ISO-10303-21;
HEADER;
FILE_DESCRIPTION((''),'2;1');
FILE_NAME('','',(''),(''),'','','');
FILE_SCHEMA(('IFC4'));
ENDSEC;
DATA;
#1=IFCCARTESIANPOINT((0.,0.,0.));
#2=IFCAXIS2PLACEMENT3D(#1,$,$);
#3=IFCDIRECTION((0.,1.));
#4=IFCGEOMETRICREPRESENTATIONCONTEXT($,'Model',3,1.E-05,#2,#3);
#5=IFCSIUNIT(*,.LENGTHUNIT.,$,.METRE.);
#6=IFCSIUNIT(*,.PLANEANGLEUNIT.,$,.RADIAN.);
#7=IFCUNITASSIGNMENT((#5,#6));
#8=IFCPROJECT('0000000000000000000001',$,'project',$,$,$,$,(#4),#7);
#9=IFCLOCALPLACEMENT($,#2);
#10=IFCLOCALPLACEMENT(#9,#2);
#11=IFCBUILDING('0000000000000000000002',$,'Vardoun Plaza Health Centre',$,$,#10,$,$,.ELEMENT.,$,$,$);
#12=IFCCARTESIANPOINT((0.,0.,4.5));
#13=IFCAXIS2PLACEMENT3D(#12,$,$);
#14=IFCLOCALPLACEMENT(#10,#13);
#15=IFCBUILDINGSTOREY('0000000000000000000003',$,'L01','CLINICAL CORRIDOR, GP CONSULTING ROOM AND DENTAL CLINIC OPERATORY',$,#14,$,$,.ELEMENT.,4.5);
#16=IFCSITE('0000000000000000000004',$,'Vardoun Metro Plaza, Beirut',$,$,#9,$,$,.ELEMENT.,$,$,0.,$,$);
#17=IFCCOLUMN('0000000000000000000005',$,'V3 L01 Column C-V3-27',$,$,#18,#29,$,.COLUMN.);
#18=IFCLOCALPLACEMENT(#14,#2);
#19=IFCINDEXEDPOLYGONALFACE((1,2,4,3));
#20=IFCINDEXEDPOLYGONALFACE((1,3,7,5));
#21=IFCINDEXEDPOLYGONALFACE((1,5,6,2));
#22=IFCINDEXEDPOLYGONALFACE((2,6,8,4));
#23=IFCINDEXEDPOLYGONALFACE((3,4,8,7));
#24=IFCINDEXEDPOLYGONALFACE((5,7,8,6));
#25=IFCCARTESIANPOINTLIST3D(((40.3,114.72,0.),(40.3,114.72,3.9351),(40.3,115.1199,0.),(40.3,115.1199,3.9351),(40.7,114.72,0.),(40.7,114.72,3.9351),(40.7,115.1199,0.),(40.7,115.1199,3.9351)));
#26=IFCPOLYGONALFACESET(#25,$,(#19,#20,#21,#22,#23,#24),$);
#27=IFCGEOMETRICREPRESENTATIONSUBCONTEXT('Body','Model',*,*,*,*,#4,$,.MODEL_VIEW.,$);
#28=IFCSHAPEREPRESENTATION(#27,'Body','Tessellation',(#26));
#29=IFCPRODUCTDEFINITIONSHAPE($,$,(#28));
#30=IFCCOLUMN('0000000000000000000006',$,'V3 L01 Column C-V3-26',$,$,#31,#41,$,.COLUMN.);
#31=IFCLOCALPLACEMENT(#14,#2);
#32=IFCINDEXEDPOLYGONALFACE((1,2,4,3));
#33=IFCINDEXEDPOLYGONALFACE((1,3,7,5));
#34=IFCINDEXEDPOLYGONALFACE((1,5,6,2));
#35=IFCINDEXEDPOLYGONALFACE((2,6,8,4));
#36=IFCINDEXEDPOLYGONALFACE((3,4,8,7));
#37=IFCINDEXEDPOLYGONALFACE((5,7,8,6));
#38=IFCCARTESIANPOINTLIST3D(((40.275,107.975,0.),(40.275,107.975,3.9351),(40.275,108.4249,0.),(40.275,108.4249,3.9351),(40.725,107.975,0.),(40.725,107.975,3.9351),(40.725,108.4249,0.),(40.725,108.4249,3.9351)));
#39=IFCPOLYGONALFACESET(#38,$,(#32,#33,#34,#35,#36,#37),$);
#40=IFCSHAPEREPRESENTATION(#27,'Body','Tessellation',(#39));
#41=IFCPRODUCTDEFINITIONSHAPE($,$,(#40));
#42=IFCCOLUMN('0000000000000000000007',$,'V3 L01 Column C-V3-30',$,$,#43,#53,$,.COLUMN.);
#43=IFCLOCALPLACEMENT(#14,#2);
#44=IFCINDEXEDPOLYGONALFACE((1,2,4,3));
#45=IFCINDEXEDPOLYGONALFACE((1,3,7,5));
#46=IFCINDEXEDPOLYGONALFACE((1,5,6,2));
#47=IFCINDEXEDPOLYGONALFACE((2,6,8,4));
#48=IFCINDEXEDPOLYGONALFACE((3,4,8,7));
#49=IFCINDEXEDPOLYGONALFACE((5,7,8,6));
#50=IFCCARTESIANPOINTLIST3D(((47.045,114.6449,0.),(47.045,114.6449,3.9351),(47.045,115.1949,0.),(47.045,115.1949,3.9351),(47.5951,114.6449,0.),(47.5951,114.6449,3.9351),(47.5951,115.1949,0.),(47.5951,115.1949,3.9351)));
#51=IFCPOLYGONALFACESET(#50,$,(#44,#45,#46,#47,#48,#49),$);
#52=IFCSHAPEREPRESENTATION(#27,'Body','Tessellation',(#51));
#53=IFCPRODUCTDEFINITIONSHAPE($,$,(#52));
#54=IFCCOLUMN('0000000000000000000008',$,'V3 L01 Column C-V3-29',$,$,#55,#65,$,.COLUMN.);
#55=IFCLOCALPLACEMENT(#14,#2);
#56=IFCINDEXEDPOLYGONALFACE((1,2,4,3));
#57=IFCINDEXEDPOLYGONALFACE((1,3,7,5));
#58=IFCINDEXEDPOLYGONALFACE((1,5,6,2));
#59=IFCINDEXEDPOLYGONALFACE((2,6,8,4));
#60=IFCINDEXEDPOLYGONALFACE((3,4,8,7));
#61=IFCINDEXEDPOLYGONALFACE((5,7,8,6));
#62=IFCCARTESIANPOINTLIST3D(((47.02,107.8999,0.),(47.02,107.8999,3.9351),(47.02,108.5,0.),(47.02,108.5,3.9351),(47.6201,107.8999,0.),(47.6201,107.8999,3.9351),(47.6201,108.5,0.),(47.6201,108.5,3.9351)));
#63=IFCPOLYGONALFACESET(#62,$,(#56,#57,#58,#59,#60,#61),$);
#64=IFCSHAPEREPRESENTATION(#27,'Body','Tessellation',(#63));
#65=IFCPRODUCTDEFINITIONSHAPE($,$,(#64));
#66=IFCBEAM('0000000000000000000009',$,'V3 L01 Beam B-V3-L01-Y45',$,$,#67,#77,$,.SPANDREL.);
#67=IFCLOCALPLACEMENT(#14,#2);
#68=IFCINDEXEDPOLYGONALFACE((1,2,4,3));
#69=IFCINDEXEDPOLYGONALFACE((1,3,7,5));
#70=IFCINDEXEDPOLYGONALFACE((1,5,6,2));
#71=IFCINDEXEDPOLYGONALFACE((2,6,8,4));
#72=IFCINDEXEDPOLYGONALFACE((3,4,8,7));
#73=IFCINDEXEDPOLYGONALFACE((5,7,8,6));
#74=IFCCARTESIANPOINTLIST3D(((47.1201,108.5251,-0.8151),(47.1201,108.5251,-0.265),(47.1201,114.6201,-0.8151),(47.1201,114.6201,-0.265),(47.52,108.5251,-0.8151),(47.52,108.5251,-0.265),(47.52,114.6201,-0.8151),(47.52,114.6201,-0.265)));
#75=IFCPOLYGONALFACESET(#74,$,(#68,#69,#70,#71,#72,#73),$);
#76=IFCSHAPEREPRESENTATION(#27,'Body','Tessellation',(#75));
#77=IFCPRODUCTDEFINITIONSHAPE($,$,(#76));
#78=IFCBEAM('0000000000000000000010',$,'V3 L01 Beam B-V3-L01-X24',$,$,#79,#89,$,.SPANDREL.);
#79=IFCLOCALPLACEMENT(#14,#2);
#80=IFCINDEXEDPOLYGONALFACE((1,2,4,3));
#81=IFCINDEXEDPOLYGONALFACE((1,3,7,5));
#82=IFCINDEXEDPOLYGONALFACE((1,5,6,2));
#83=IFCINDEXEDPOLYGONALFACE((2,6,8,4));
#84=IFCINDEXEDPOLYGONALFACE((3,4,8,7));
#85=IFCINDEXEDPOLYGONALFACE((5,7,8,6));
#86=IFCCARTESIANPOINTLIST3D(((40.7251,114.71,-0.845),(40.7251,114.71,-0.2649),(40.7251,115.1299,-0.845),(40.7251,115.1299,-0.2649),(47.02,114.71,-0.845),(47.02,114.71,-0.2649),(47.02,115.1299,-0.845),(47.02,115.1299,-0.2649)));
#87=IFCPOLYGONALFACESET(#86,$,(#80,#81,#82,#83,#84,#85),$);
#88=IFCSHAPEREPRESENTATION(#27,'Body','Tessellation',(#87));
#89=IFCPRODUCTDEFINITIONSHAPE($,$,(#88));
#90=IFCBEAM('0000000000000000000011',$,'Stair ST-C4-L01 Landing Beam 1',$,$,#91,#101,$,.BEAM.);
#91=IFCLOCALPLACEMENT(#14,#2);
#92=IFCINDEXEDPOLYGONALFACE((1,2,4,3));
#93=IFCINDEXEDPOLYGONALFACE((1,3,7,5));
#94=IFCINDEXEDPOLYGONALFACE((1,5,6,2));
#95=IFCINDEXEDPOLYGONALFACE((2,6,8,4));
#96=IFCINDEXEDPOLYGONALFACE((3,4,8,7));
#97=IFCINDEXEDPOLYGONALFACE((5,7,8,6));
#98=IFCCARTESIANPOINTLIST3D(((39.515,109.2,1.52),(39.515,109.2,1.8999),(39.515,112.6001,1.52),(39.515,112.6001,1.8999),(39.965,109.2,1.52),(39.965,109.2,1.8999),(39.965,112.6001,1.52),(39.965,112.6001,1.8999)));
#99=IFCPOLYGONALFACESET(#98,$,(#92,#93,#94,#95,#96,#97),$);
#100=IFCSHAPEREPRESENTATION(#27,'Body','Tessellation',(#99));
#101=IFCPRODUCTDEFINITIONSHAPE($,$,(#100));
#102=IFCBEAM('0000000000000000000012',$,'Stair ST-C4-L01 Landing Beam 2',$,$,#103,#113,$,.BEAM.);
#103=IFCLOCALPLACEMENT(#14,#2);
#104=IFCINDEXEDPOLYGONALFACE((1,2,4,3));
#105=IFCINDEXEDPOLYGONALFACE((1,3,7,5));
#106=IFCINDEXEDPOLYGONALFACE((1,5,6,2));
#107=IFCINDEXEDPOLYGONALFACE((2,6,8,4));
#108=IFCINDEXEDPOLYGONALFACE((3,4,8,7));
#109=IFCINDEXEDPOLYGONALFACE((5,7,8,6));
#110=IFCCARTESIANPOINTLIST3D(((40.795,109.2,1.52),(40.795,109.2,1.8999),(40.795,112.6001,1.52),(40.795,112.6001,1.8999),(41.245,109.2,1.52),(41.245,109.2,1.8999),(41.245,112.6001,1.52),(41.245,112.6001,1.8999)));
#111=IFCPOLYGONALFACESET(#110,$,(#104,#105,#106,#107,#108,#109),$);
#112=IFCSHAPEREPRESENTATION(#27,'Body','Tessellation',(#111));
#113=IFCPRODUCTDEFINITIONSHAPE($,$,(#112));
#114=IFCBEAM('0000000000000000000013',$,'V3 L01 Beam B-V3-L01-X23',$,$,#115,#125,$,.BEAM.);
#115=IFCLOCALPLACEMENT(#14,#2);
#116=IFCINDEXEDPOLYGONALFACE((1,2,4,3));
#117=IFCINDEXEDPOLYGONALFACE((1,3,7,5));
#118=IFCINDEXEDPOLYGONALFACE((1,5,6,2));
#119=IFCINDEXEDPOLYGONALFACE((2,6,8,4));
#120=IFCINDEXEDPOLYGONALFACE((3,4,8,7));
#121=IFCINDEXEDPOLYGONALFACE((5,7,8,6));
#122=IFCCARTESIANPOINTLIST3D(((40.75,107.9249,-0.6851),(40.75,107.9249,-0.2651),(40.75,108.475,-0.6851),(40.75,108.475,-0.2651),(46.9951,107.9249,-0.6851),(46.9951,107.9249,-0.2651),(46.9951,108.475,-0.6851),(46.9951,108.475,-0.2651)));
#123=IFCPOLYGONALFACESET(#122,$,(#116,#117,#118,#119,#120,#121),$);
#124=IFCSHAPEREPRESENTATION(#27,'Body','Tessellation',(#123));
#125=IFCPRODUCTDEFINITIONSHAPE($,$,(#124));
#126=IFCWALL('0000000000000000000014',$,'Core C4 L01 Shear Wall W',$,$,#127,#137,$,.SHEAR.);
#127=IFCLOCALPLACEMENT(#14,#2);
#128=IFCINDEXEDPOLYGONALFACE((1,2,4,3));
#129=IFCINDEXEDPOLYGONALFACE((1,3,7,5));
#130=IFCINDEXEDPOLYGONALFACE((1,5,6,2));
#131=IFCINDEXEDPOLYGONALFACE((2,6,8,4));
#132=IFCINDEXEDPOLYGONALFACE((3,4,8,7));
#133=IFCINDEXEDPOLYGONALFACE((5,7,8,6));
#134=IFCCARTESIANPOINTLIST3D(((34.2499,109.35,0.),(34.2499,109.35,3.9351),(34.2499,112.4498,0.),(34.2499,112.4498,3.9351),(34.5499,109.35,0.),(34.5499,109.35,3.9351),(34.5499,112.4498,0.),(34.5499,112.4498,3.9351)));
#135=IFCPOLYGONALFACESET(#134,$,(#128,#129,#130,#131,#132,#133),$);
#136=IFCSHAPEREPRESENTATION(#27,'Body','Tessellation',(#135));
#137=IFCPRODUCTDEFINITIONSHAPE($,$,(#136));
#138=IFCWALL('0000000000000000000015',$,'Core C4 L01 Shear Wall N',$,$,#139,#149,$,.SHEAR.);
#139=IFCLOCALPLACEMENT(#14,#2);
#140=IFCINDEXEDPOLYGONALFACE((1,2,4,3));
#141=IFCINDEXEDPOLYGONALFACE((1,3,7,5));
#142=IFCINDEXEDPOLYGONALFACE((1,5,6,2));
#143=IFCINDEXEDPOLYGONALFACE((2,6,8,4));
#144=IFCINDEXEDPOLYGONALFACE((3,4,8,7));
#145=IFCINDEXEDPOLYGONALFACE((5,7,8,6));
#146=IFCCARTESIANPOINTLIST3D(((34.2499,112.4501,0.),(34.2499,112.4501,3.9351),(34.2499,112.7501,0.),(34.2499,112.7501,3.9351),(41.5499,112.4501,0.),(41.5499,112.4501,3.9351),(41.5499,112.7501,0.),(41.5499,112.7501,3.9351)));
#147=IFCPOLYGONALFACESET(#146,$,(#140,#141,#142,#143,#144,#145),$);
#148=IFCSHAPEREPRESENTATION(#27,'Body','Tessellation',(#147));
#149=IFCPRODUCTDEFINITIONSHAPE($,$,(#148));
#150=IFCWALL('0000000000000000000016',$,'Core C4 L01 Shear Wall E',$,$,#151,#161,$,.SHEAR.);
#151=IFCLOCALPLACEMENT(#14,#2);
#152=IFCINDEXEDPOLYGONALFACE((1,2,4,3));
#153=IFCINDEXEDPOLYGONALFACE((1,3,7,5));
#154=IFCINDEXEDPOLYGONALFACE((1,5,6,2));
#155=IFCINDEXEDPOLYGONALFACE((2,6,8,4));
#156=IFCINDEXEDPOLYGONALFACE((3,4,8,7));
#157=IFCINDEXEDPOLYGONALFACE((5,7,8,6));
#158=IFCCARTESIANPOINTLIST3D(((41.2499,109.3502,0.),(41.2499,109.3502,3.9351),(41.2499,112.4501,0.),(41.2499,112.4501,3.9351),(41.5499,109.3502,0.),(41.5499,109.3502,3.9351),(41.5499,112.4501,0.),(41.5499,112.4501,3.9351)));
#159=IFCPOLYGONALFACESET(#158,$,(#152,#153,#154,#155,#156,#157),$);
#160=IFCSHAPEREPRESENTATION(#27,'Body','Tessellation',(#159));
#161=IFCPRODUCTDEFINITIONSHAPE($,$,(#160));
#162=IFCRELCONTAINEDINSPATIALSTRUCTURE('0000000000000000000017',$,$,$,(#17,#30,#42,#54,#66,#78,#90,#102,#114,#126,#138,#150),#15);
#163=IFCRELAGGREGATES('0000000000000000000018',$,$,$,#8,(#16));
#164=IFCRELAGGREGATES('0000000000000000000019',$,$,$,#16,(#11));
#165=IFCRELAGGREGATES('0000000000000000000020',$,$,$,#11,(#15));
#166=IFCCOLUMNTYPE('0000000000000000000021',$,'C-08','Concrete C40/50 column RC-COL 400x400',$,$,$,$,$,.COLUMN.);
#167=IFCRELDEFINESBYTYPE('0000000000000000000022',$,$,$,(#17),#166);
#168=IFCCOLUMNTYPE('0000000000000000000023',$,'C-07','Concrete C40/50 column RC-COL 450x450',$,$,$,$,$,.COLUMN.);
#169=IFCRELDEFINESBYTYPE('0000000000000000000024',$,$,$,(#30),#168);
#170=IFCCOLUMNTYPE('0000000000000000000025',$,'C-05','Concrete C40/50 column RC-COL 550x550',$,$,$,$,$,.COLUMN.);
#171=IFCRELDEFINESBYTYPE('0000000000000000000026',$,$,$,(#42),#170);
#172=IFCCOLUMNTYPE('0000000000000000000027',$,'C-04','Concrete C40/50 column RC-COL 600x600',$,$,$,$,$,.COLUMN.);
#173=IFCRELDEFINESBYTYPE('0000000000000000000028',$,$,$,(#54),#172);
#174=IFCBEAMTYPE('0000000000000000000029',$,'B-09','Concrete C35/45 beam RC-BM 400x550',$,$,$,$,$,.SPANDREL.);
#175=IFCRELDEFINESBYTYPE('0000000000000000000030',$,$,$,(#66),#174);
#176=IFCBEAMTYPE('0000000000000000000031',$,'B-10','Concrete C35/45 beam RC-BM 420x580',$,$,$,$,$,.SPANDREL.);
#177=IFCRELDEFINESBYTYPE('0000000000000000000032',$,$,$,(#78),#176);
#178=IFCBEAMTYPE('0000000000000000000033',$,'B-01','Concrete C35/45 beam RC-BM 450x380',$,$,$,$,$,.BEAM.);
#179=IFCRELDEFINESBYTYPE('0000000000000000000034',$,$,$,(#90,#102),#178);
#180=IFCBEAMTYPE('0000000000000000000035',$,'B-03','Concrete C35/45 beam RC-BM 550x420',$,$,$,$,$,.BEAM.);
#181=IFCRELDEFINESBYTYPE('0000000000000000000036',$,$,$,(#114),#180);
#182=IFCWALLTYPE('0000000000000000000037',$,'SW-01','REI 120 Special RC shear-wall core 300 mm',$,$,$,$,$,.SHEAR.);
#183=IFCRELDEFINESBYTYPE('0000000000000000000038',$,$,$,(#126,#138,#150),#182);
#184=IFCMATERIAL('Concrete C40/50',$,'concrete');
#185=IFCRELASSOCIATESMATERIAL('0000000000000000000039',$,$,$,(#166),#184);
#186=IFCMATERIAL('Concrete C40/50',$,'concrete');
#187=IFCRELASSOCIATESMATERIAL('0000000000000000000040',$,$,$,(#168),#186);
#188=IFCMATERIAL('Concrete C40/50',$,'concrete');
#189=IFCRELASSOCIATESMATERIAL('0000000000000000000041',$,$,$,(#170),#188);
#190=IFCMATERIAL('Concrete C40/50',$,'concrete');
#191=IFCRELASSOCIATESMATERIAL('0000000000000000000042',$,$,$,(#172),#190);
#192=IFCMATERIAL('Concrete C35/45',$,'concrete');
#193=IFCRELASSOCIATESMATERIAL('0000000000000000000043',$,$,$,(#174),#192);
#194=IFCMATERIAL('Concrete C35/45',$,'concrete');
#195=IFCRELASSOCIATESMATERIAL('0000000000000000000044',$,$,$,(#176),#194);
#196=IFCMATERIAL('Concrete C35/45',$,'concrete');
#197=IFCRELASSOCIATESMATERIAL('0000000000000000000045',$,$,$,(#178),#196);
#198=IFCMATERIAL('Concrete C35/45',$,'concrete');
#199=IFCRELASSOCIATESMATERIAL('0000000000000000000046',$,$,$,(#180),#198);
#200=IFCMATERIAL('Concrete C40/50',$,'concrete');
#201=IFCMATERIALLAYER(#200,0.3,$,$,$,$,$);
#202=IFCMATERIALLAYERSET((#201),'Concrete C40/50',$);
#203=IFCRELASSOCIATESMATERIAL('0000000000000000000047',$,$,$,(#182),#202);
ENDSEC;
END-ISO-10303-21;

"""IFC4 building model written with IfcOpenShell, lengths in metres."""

from ifc_helpers import new_model, si_unit, direction, frame, frame_2d, origin, origin_2d, place, context, subcontext, project, spatial, rectangle, extrude, material, layer, layer_set, material_profile, profile_set, type_object, element, save


model = new_model("IFC4")

# Units and contexts
model_context = context("Model", 3, precision=1e-05, world=origin(), true_north=direction((0.0, 1.0)))
body_context = subcontext(model_context, "Body", "Model", "MODEL_VIEW")
ifc_project = project(units=[si_unit("LENGTHUNIT", "METRE"), si_unit("PLANEANGLEUNIT", "RADIAN")], contexts=[model_context])

# Site, building, storey
site_placement = place(None, origin())
site = spatial("IfcSite", under=ifc_project, at=site_placement, Name="Vardoun Metro Plaza, Beirut", CompositionType="ELEMENT", RefElevation=0.0)
building_placement = place(site_placement, origin())
building = spatial("IfcBuilding", under=site, at=building_placement, Name="Vardoun Plaza Health Centre", CompositionType="ELEMENT")
storey_placement = place(building_placement, frame((0.0, 0.0, 4.5)))
storey = spatial("IfcBuildingStorey", under=building, at=storey_placement, Name="L01", Description="CLINICAL CORRIDOR, GP CONSULTING ROOM AND DENTAL CLINIC OPERATORY", CompositionType="ELEMENT", Elevation=4.5)

# Columns
ifc_material_1 = material(Name="Concrete C40/50", Category="concrete")
ifc_material_profile_1 = material_profile(ifc_material_1, rectangle(XDim=0.3999, YDim=0.3999, at=origin_2d()), Name="RC-COL 400x400")
ifc_profile_set_1 = profile_set([ifc_material_profile_1], Name="Concrete C40/50")
column_type_1 = type_object("IfcColumnType", Name="C-08", Description="Concrete C40/50 column RC-COL 400x400", PredefinedType="COLUMN", material=ifc_profile_set_1)
column_1_placement = place(storey_placement, frame((40.5, 114.9199, 0.0), z_axis=(0.0, 0.0, 1.0), x_axis=(1.0, 0.0, 0.0)))
element("IfcColumn", 1, at=column_1_placement, inside=storey, type_object=column_type_1, Name="V3 L01 Column C-V3-27", PredefinedType="COLUMN", context=body_context, shape_type="SweptSolid", body=[
    extrude(rectangle(XDim=0.3999, YDim=0.3999, at=origin_2d()), origin(), (0.0, 0.0, 1.0), 3.9351),
])
ifc_material_2 = material(Name="Concrete C40/50", Category="concrete")
ifc_material_profile_2 = material_profile(ifc_material_2, rectangle(XDim=0.45, YDim=0.45, at=origin_2d()), Name="RC-COL 450x450")
ifc_profile_set_2 = profile_set([ifc_material_profile_2], Name="Concrete C40/50")
column_type_2 = type_object("IfcColumnType", Name="C-07", Description="Concrete C40/50 column RC-COL 450x450", PredefinedType="COLUMN", material=ifc_profile_set_2)
column_2_placement = place(storey_placement, frame((40.5, 108.2, 0.0), z_axis=(0.0, 0.0, 1.0), x_axis=(1.0, 0.0, 0.0)))
element("IfcColumn", 2, at=column_2_placement, inside=storey, type_object=column_type_2, Name="V3 L01 Column C-V3-26", PredefinedType="COLUMN", context=body_context, shape_type="SweptSolid", body=[
    extrude(rectangle(XDim=0.45, YDim=0.45, at=origin_2d()), origin(), (0.0, 0.0, 1.0), 3.9351),
])
ifc_material_3 = material(Name="Concrete C40/50", Category="concrete")
ifc_material_profile_3 = material_profile(ifc_material_3, rectangle(XDim=0.55, YDim=0.55, at=origin_2d()), Name="RC-COL 550x550")
ifc_profile_set_3 = profile_set([ifc_material_profile_3], Name="Concrete C40/50")
column_type_3 = type_object("IfcColumnType", Name="C-05", Description="Concrete C40/50 column RC-COL 550x550", PredefinedType="COLUMN", material=ifc_profile_set_3)
column_3_placement = place(storey_placement, frame((47.3201, 114.9199, 0.0), z_axis=(0.0, 0.0, 1.0), x_axis=(1.0, 0.0, 0.0)))
element("IfcColumn", 3, at=column_3_placement, inside=storey, type_object=column_type_3, Name="V3 L01 Column C-V3-30", PredefinedType="COLUMN", context=body_context, shape_type="SweptSolid", body=[
    extrude(rectangle(XDim=0.55, YDim=0.55, at=origin_2d()), origin(), (0.0, 0.0, 1.0), 3.9351),
])
ifc_material_4 = material(Name="Concrete C40/50", Category="concrete")
ifc_material_profile_4 = material_profile(ifc_material_4, rectangle(XDim=0.6001, YDim=0.6001, at=origin_2d()), Name="RC-COL 600x600")
ifc_profile_set_4 = profile_set([ifc_material_profile_4], Name="Concrete C40/50")
column_type_4 = type_object("IfcColumnType", Name="C-04", Description="Concrete C40/50 column RC-COL 600x600", PredefinedType="COLUMN", material=ifc_profile_set_4)
column_4_placement = place(storey_placement, frame((47.3201, 108.2, 0.0), z_axis=(0.0, 0.0, 1.0), x_axis=(1.0, 0.0, 0.0)))
element("IfcColumn", 4, at=column_4_placement, inside=storey, type_object=column_type_4, Name="V3 L01 Column C-V3-29", PredefinedType="COLUMN", context=body_context, shape_type="SweptSolid", body=[
    extrude(rectangle(XDim=0.6001, YDim=0.6001, at=origin_2d()), origin(), (0.0, 0.0, 1.0), 3.9351),
])

# Beams
ifc_material_5 = material(Name="Concrete C35/45", Category="concrete")
ifc_material_profile_5 = material_profile(ifc_material_5, rectangle(XDim=0.3999, YDim=0.55, at=origin_2d()), Name="RC-BM 400x550")
ifc_profile_set_5 = profile_set([ifc_material_profile_5], Name="Concrete C35/45")
beam_type_1 = type_object("IfcBeamType", Name="B-09", Description="Concrete C35/45 beam RC-BM 400x550", PredefinedType="SPANDREL", material=ifc_profile_set_5)
beam_1_placement = place(storey_placement, frame((47.3201, 108.5251, -0.54), z_axis=(0.0, 1.0, 0.0), x_axis=(-1.0, 0.0, 0.0)))
element("IfcBeam", 5, at=beam_1_placement, inside=storey, type_object=beam_type_1, Name="V3 L01 Beam B-V3-L01-Y45", PredefinedType="SPANDREL", context=body_context, shape_type="SweptSolid", body=[
    extrude(rectangle(XDim=0.3999, YDim=0.55, at=origin_2d()), origin(), (0.0, 0.0, 1.0), 6.095),
])
ifc_material_6 = material(Name="Concrete C35/45", Category="concrete")
ifc_material_profile_6 = material_profile(ifc_material_6, rectangle(XDim=0.4199, YDim=0.5801, at=origin_2d()), Name="RC-BM 420x580")
ifc_profile_set_6 = profile_set([ifc_material_profile_6], Name="Concrete C35/45")
beam_type_2 = type_object("IfcBeamType", Name="B-10", Description="Concrete C35/45 beam RC-BM 420x580", PredefinedType="SPANDREL", material=ifc_profile_set_6)
beam_2_placement = place(storey_placement, frame((40.7251, 114.9199, -0.5549), z_axis=(1.0, 0.0, 0.0), x_axis=(0.0, 1.0, 0.0)))
element("IfcBeam", 6, at=beam_2_placement, inside=storey, type_object=beam_type_2, Name="V3 L01 Beam B-V3-L01-X24", PredefinedType="SPANDREL", context=body_context, shape_type="SweptSolid", body=[
    extrude(rectangle(XDim=0.4199, YDim=0.5801, at=origin_2d()), origin(), (0.0, 0.0, 1.0), 6.2949),
])
ifc_material_7 = material(Name="Concrete C35/45", Category="concrete")
ifc_material_profile_7 = material_profile(ifc_material_7, rectangle(XDim=0.45, YDim=0.3799, at=origin_2d()), Name="RC-BM 450x380")
ifc_profile_set_7 = profile_set([ifc_material_profile_7], Name="Concrete C35/45")
beam_type_3 = type_object("IfcBeamType", Name="B-01", Description="Concrete C35/45 beam RC-BM 450x380", PredefinedType="BEAM", material=ifc_profile_set_7)
for number, where, z_axis, x_axis, name in (
    (7, (39.74, 109.2, 1.71), (0.0, 1.0, 0.0), (-1.0, 0.0, 0.0), "Stair ST-C4-L01 Landing Beam 1"),
    (8, (41.02, 109.2, 1.71), (0.0, 1.0, 0.0), (-1.0, 0.0, 0.0), "Stair ST-C4-L01 Landing Beam 2"),
):
    element("IfcBeam", number, at=place(storey_placement, frame(where, z_axis=z_axis, x_axis=x_axis)), inside=storey, type_object=beam_type_3, Name=name, PredefinedType="BEAM", context=body_context, shape_type="SweptSolid", body=[
        extrude(rectangle(XDim=0.45, YDim=0.3799, at=origin_2d()), origin(), (0.0, 0.0, 1.0), 3.4001),
    ])
ifc_material_8 = material(Name="Concrete C35/45", Category="concrete")
ifc_material_profile_8 = material_profile(ifc_material_8, rectangle(XDim=0.55, YDim=0.4199, at=origin_2d()), Name="RC-BM 550x420")
ifc_profile_set_8 = profile_set([ifc_material_profile_8], Name="Concrete C35/45")
beam_type_4 = type_object("IfcBeamType", Name="B-03", Description="Concrete C35/45 beam RC-BM 550x420", PredefinedType="BEAM", material=ifc_profile_set_8)
beam_3_placement = place(storey_placement, frame((40.75, 108.2, -0.4751), z_axis=(1.0, 0.0, 0.0), x_axis=(0.0, 1.0, 0.0)))
element("IfcBeam", 9, at=beam_3_placement, inside=storey, type_object=beam_type_4, Name="V3 L01 Beam B-V3-L01-X23", PredefinedType="BEAM", context=body_context, shape_type="SweptSolid", body=[
    extrude(rectangle(XDim=0.55, YDim=0.4199, at=origin_2d()), origin(), (0.0, 0.0, 1.0), 6.2451),
])

# Shared definitions
ifc_material_9 = material(Name="Concrete C40/50", Category="concrete")
ifc_layer_1 = layer(ifc_material_9, 0.3)
ifc_layer_set_1 = layer_set([ifc_layer_1], Name="Concrete C40/50")
wall_type_1 = type_object("IfcWallType", Name="SW-01", Description="REI 120 Special RC shear-wall core 300 mm", PredefinedType="SHEAR", material=ifc_layer_set_1)

# Walls
wall_1_placement = place(storey_placement, frame((34.3999, 109.3501, 0.0), z_axis=(0.0, 0.0, 1.0), x_axis=(0.0, 1.0, 0.0)))
element("IfcWall", 10, at=wall_1_placement, inside=storey, type_object=wall_type_1, Name="Core C4 L01 Shear Wall W", PredefinedType="SHEAR", context=body_context, shape_type="SweptSolid", body=[
    extrude(rectangle(XDim=3.0999, YDim=0.3, at=frame_2d((1.5498, 0.0))), origin(), (0.0, 0.0, 1.0), 3.9351),
])
wall_2_placement = place(storey_placement, frame((34.25, 112.6001, 0.0), z_axis=(0.0, 0.0, 1.0), x_axis=(1.0, 0.0, 0.0)))
element("IfcWall", 11, at=wall_2_placement, inside=storey, type_object=wall_type_1, Name="Core C4 L01 Shear Wall N", PredefinedType="SHEAR", context=body_context, shape_type="SweptSolid", body=[
    extrude(rectangle(XDim=7.3, YDim=0.3, at=frame_2d((3.6499, 0.0))), origin(), (0.0, 0.0, 1.0), 3.9351),
])
wall_3_placement = place(storey_placement, frame((41.3999, 112.45, 0.0), z_axis=(0.0, 0.0, 1.0), x_axis=(0.0, -1.0, 0.0)))
element("IfcWall", 12, at=wall_3_placement, inside=storey, type_object=wall_type_1, Name="Core C4 L01 Shear Wall E", PredefinedType="SHEAR", context=body_context, shape_type="SweptSolid", body=[
    extrude(rectangle(XDim=3.0999, YDim=0.3, at=frame_2d((1.5498, 0.0))), origin(), (0.0, 0.0, 1.0), 3.9351),
])

save(model, "model.ifc")
